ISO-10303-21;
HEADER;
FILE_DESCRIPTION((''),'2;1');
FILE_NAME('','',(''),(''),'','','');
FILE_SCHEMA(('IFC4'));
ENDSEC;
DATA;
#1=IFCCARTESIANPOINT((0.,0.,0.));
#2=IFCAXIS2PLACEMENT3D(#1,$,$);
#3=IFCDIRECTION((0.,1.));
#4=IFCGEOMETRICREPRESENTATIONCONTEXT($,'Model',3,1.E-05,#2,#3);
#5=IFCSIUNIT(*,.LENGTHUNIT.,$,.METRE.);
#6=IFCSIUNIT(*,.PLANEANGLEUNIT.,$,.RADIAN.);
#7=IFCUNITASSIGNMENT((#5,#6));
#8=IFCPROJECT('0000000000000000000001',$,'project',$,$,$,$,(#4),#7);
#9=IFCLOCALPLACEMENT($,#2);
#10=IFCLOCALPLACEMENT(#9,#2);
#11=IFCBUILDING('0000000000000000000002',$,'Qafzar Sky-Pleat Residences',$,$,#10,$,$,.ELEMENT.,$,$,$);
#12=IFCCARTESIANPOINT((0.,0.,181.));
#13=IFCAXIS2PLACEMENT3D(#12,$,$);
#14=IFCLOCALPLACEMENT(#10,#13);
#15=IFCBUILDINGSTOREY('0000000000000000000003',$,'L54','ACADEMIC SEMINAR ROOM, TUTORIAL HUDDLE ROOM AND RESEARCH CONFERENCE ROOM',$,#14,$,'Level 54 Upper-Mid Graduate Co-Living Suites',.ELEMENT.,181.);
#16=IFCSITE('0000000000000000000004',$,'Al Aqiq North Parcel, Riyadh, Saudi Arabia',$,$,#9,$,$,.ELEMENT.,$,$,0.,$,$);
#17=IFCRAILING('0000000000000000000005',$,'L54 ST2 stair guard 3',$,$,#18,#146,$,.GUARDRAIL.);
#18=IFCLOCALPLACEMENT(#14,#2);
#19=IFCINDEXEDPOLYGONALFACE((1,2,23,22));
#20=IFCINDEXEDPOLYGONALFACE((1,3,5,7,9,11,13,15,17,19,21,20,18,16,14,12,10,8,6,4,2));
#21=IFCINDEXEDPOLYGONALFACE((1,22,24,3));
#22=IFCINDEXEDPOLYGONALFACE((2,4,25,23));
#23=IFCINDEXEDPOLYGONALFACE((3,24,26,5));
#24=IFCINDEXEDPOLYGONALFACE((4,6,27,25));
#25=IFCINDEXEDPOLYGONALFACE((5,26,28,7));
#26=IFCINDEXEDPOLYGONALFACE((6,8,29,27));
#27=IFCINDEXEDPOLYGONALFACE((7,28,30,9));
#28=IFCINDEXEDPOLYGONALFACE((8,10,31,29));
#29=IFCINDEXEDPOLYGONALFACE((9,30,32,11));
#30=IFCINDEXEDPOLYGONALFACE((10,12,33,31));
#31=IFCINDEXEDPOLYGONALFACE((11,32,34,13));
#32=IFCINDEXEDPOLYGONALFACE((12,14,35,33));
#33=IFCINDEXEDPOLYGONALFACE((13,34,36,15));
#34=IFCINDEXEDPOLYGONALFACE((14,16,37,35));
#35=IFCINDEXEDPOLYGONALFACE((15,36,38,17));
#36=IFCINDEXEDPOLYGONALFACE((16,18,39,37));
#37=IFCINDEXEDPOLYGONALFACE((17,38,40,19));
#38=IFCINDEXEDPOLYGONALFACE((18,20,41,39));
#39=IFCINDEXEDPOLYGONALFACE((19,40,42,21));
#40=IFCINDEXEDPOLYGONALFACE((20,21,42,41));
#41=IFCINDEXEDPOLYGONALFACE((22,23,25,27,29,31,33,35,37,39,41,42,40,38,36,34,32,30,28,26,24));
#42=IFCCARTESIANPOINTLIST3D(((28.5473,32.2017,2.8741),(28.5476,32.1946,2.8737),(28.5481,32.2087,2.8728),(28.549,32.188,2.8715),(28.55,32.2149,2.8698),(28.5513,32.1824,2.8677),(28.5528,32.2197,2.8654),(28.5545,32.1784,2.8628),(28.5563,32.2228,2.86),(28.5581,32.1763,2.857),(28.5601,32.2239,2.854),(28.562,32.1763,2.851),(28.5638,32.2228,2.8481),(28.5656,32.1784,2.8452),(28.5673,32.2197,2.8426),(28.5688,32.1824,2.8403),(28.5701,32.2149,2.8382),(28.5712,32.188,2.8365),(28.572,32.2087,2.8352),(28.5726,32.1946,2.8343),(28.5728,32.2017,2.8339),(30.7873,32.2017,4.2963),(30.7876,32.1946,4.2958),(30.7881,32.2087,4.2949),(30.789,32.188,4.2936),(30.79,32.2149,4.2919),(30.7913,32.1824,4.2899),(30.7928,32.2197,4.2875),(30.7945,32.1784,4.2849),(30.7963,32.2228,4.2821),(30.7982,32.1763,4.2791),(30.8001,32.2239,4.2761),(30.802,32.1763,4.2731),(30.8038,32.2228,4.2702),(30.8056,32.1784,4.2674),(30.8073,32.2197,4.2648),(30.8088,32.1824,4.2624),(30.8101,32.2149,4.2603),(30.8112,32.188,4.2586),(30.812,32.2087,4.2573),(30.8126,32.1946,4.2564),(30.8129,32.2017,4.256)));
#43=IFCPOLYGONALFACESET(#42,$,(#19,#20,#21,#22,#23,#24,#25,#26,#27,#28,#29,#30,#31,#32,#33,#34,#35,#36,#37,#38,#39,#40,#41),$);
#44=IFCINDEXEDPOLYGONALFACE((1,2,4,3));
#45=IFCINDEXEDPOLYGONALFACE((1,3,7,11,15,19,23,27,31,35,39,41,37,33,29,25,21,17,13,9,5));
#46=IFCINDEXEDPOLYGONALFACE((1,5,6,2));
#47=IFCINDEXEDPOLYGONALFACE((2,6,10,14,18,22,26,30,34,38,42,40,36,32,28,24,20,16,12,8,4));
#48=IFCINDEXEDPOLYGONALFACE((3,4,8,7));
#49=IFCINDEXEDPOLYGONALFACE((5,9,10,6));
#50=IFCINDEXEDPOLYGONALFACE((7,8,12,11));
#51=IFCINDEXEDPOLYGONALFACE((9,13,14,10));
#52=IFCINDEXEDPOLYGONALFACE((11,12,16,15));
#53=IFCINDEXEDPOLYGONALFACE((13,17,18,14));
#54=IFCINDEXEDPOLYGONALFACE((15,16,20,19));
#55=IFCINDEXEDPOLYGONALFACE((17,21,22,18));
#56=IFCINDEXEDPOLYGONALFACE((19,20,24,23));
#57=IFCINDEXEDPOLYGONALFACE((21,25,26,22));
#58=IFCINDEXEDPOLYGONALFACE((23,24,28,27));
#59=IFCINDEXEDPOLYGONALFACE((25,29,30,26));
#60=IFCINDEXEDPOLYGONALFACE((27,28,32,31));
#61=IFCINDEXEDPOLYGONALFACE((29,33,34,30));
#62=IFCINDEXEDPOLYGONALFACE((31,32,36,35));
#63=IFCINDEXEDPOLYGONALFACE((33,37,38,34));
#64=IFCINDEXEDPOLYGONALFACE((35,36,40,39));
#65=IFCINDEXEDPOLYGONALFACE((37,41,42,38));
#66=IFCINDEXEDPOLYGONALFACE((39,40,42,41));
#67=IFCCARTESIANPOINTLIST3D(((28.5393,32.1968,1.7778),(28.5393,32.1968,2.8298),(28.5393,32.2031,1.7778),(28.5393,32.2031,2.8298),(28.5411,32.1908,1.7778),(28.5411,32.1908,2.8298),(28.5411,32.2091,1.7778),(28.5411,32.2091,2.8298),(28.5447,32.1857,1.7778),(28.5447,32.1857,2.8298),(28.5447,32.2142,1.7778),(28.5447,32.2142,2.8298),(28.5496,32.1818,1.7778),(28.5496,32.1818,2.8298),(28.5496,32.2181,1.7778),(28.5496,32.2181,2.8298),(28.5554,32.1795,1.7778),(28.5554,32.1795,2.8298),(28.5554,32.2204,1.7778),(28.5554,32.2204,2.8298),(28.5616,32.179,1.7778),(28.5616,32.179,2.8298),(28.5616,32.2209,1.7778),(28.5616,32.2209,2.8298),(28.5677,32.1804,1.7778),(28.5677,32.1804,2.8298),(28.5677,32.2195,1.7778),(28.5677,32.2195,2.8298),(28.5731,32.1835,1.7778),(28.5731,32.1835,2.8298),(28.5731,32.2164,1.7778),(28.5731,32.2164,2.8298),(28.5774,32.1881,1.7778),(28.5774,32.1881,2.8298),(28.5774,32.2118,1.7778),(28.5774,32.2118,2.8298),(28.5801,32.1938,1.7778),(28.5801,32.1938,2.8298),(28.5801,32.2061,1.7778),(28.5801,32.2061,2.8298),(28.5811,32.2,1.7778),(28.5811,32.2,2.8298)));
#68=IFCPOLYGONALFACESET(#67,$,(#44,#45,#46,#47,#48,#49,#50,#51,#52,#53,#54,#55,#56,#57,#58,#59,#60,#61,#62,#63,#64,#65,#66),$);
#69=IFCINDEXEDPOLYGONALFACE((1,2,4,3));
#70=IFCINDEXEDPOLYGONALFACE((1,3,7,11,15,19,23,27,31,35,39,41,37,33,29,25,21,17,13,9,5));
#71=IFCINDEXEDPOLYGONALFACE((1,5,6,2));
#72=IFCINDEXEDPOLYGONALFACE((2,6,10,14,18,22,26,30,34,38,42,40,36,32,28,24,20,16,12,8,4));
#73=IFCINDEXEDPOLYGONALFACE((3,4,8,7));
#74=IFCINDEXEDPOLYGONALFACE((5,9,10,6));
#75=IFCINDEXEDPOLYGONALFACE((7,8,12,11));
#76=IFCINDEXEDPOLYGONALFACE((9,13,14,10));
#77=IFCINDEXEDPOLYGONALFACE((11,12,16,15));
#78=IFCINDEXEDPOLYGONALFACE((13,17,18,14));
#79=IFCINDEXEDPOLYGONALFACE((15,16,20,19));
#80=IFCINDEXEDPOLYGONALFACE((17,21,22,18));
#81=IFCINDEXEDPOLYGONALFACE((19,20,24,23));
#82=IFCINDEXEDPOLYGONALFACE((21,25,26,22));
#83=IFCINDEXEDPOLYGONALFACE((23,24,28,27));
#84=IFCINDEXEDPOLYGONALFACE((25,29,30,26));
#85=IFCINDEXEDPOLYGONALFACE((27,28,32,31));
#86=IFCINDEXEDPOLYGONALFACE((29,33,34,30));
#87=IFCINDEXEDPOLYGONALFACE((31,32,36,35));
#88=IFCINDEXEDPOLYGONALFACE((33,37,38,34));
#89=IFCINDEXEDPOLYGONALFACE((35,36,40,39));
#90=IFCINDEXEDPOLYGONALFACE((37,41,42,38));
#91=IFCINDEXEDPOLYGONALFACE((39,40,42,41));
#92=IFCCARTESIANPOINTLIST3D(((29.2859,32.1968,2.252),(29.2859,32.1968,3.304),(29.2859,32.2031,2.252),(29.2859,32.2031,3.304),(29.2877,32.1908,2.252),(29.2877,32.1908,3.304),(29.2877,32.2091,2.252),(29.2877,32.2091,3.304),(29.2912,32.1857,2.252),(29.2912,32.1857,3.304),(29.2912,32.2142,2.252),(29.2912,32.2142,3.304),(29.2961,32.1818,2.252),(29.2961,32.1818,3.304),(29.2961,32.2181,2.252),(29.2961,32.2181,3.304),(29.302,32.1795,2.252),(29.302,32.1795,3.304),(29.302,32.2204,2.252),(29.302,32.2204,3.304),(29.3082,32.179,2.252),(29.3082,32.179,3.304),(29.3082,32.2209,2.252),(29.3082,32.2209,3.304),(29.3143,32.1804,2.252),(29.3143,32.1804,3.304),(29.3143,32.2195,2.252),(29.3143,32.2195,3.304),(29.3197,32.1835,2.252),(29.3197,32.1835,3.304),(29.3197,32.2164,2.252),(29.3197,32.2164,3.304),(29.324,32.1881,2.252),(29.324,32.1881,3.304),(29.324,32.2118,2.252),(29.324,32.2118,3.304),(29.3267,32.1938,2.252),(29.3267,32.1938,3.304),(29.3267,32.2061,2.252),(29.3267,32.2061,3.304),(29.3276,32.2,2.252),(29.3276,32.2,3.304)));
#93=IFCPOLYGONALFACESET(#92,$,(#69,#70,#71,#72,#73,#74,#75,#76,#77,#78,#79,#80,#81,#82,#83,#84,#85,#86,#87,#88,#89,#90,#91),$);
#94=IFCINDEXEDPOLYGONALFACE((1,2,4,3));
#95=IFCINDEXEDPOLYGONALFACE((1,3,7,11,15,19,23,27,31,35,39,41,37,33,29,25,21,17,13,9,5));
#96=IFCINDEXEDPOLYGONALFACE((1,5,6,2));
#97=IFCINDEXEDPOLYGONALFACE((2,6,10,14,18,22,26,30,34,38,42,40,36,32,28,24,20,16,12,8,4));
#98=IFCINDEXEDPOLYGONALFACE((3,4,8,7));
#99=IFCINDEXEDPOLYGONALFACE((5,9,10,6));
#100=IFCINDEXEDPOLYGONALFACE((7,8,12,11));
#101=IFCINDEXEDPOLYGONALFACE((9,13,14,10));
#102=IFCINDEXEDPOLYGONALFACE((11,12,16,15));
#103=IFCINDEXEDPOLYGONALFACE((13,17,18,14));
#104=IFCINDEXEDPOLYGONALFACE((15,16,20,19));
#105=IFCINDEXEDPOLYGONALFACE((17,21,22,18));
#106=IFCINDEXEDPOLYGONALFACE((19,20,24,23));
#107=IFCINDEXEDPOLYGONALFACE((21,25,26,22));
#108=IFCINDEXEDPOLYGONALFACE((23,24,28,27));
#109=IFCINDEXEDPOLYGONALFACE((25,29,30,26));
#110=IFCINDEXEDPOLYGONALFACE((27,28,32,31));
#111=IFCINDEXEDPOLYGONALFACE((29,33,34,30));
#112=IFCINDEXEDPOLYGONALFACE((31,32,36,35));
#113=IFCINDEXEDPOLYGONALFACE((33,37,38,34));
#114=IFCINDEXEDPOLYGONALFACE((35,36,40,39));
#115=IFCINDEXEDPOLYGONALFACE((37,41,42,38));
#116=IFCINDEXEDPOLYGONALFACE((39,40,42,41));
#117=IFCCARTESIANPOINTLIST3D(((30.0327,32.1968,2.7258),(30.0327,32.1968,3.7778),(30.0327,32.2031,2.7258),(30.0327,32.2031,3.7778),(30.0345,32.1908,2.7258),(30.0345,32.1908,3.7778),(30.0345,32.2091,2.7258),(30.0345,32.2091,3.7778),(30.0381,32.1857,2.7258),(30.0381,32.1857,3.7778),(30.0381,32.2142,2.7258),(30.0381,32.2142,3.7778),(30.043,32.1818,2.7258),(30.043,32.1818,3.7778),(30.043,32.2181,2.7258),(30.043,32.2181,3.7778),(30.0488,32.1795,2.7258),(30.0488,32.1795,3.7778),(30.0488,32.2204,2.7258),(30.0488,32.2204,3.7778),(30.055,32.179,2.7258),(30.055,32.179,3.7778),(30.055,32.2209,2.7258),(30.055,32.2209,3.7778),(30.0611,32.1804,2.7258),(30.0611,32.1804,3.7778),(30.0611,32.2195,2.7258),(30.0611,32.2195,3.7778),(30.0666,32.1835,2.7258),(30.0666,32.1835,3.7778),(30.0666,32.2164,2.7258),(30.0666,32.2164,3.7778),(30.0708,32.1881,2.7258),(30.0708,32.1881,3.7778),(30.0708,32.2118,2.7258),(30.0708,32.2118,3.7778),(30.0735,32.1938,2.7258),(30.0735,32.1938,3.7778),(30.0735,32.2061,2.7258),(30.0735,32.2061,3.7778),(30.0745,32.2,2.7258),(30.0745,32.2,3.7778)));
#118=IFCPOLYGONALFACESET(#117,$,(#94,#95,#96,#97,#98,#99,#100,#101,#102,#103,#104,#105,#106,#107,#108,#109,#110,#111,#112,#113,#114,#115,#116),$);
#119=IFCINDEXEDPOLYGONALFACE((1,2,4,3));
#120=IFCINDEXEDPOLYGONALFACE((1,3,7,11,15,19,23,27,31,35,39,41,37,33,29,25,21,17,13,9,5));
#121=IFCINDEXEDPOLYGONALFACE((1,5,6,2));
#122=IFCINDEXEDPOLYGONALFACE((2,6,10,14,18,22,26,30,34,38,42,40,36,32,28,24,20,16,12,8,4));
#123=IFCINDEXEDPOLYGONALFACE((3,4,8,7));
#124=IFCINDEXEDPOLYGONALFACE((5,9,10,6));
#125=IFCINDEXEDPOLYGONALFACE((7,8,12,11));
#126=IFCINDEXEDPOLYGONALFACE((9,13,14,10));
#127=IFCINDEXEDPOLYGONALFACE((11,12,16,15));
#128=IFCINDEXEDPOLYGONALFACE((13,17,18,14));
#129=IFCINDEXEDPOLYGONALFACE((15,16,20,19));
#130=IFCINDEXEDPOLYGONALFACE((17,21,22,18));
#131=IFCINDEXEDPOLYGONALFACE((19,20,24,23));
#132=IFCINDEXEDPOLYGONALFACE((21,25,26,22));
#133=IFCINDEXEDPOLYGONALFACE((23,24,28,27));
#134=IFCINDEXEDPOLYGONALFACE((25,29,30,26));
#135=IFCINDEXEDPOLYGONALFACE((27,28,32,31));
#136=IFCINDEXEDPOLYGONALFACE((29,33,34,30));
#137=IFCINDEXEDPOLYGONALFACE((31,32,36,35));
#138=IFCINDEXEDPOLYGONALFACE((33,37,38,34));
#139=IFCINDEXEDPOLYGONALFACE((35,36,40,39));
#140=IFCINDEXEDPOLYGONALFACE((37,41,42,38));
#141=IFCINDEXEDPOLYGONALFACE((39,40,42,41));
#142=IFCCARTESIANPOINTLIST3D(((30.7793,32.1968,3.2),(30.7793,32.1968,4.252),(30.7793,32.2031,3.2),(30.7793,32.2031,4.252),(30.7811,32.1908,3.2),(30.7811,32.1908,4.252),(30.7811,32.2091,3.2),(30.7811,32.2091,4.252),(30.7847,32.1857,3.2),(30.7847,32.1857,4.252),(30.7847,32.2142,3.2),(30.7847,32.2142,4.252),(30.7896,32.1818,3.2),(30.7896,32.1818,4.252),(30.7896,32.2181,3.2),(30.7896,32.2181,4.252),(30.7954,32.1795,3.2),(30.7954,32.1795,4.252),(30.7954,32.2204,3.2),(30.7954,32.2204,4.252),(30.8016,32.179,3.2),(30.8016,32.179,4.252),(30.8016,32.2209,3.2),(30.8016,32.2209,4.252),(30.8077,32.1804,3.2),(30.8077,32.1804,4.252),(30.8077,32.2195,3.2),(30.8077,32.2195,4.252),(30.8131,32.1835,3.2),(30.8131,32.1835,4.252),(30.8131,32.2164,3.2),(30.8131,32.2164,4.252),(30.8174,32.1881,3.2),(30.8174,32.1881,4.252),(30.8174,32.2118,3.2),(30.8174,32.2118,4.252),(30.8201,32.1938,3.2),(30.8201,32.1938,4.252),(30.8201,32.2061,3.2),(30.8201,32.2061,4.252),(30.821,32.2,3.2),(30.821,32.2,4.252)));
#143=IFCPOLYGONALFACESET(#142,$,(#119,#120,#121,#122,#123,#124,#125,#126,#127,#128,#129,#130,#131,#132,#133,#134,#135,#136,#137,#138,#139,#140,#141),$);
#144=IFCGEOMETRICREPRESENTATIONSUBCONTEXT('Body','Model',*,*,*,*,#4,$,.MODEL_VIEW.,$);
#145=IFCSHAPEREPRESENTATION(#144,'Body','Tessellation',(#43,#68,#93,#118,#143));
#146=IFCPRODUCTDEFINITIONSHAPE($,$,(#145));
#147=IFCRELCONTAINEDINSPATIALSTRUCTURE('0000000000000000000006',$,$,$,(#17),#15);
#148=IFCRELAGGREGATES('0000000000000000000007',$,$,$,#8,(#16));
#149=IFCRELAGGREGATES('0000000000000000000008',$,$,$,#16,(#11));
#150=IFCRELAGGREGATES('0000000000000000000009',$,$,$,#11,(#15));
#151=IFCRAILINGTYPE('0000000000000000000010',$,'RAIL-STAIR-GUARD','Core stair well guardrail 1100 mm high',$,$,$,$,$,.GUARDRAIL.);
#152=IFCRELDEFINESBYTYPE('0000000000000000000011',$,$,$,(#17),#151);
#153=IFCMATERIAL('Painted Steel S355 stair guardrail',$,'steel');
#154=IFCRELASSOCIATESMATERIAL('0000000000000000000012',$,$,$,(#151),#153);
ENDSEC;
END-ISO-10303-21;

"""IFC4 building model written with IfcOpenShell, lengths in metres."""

from ifc_helpers import new_model, si_unit, direction, frame, origin, origin_2d, place, context, subcontext, project, spatial, circle, extrude, source, transform, mapped, material, type_object, element, save


model = new_model("IFC4")

# Units and contexts
model_context = context("Model", 3, precision=1e-05, world=origin(), true_north=direction((0.0, 1.0)))
body_context = subcontext(model_context, "Body", "Model", "MODEL_VIEW")
ifc_project = project(units=[si_unit("LENGTHUNIT", "METRE"), si_unit("PLANEANGLEUNIT", "RADIAN")], contexts=[model_context])

# Site, building, storey
site_placement = place(None, origin())
site = spatial("IfcSite", under=ifc_project, at=site_placement, Name="Al Aqiq North Parcel, Riyadh, Saudi Arabia", CompositionType="ELEMENT", RefElevation=0.0)
building_placement = place(site_placement, origin())
building = spatial("IfcBuilding", under=site, at=building_placement, Name="Qafzar Sky-Pleat Residences", CompositionType="ELEMENT")
storey_placement = place(building_placement, frame((0.0, 0.0, 181.0)))
storey = spatial("IfcBuildingStorey", under=building, at=storey_placement, Name="L54", Description="ACADEMIC SEMINAR ROOM, TUTORIAL HUDDLE ROOM AND RESEARCH CONFERENCE ROOM", LongName="Level 54 Upper-Mid Graduate Co-Living Suites", CompositionType="ELEMENT", Elevation=181.0)

# Railing
ifc_material_1 = material(Name="Painted Steel S355 stair guardrail", Category="steel")
railing_type_1 = type_object("IfcRailingType", Name="RAIL-STAIR-GUARD", Description="Core stair well guardrail 1100 mm high", PredefinedType="GUARDRAIL", material=ifc_material_1)
shared_shape_1 = source(origin(), body_context, "Body", "SweptSolid", [
    extrude(circle(Radius=0.0239, at=origin_2d()), frame((0.0, 0.0, 1.0762), z_axis=(0.844229, 0.0, 0.535982), x_axis=(0.0, 1.0, 0.0)), (0.0, 0.0, 1.0), 2.6533),
    extrude(circle(Radius=0.021, at=origin_2d()), origin(), (0.0, 0.0, 1.0), 1.052),
    extrude(circle(Radius=0.021, at=origin_2d()), frame((0.7466, 0.0, 0.4741)), (0.0, 0.0, 1.0), 1.052),
    extrude(circle(Radius=0.021, at=origin_2d()), frame((1.4934, 0.0, 0.948)), (0.0, 0.0, 1.0), 1.052),
    extrude(circle(Radius=0.021, at=origin_2d()), frame((2.24, 0.0, 1.4221)), (0.0, 0.0, 1.0), 1.052),
])
railing_1_placement = place(storey_placement, frame((28.5601, 32.2, 1.7778)))
element("IfcRailing", 1, at=railing_1_placement, inside=storey, type_object=railing_type_1, Name="L54 ST2 stair guard 3", PredefinedType="GUARDRAIL", context=body_context, shape_type="MappedRepresentation", body=[
    mapped(shared_shape_1, transform((0.0, 0.0, 0.0), x_axis=(1.0, 0.0, 0.0), y_axis=(0.0, 1.0, 0.0), z_axis=(0.0, 0.0, 1.0), scale=1.0)),
])

save(model, "model.ifc")
